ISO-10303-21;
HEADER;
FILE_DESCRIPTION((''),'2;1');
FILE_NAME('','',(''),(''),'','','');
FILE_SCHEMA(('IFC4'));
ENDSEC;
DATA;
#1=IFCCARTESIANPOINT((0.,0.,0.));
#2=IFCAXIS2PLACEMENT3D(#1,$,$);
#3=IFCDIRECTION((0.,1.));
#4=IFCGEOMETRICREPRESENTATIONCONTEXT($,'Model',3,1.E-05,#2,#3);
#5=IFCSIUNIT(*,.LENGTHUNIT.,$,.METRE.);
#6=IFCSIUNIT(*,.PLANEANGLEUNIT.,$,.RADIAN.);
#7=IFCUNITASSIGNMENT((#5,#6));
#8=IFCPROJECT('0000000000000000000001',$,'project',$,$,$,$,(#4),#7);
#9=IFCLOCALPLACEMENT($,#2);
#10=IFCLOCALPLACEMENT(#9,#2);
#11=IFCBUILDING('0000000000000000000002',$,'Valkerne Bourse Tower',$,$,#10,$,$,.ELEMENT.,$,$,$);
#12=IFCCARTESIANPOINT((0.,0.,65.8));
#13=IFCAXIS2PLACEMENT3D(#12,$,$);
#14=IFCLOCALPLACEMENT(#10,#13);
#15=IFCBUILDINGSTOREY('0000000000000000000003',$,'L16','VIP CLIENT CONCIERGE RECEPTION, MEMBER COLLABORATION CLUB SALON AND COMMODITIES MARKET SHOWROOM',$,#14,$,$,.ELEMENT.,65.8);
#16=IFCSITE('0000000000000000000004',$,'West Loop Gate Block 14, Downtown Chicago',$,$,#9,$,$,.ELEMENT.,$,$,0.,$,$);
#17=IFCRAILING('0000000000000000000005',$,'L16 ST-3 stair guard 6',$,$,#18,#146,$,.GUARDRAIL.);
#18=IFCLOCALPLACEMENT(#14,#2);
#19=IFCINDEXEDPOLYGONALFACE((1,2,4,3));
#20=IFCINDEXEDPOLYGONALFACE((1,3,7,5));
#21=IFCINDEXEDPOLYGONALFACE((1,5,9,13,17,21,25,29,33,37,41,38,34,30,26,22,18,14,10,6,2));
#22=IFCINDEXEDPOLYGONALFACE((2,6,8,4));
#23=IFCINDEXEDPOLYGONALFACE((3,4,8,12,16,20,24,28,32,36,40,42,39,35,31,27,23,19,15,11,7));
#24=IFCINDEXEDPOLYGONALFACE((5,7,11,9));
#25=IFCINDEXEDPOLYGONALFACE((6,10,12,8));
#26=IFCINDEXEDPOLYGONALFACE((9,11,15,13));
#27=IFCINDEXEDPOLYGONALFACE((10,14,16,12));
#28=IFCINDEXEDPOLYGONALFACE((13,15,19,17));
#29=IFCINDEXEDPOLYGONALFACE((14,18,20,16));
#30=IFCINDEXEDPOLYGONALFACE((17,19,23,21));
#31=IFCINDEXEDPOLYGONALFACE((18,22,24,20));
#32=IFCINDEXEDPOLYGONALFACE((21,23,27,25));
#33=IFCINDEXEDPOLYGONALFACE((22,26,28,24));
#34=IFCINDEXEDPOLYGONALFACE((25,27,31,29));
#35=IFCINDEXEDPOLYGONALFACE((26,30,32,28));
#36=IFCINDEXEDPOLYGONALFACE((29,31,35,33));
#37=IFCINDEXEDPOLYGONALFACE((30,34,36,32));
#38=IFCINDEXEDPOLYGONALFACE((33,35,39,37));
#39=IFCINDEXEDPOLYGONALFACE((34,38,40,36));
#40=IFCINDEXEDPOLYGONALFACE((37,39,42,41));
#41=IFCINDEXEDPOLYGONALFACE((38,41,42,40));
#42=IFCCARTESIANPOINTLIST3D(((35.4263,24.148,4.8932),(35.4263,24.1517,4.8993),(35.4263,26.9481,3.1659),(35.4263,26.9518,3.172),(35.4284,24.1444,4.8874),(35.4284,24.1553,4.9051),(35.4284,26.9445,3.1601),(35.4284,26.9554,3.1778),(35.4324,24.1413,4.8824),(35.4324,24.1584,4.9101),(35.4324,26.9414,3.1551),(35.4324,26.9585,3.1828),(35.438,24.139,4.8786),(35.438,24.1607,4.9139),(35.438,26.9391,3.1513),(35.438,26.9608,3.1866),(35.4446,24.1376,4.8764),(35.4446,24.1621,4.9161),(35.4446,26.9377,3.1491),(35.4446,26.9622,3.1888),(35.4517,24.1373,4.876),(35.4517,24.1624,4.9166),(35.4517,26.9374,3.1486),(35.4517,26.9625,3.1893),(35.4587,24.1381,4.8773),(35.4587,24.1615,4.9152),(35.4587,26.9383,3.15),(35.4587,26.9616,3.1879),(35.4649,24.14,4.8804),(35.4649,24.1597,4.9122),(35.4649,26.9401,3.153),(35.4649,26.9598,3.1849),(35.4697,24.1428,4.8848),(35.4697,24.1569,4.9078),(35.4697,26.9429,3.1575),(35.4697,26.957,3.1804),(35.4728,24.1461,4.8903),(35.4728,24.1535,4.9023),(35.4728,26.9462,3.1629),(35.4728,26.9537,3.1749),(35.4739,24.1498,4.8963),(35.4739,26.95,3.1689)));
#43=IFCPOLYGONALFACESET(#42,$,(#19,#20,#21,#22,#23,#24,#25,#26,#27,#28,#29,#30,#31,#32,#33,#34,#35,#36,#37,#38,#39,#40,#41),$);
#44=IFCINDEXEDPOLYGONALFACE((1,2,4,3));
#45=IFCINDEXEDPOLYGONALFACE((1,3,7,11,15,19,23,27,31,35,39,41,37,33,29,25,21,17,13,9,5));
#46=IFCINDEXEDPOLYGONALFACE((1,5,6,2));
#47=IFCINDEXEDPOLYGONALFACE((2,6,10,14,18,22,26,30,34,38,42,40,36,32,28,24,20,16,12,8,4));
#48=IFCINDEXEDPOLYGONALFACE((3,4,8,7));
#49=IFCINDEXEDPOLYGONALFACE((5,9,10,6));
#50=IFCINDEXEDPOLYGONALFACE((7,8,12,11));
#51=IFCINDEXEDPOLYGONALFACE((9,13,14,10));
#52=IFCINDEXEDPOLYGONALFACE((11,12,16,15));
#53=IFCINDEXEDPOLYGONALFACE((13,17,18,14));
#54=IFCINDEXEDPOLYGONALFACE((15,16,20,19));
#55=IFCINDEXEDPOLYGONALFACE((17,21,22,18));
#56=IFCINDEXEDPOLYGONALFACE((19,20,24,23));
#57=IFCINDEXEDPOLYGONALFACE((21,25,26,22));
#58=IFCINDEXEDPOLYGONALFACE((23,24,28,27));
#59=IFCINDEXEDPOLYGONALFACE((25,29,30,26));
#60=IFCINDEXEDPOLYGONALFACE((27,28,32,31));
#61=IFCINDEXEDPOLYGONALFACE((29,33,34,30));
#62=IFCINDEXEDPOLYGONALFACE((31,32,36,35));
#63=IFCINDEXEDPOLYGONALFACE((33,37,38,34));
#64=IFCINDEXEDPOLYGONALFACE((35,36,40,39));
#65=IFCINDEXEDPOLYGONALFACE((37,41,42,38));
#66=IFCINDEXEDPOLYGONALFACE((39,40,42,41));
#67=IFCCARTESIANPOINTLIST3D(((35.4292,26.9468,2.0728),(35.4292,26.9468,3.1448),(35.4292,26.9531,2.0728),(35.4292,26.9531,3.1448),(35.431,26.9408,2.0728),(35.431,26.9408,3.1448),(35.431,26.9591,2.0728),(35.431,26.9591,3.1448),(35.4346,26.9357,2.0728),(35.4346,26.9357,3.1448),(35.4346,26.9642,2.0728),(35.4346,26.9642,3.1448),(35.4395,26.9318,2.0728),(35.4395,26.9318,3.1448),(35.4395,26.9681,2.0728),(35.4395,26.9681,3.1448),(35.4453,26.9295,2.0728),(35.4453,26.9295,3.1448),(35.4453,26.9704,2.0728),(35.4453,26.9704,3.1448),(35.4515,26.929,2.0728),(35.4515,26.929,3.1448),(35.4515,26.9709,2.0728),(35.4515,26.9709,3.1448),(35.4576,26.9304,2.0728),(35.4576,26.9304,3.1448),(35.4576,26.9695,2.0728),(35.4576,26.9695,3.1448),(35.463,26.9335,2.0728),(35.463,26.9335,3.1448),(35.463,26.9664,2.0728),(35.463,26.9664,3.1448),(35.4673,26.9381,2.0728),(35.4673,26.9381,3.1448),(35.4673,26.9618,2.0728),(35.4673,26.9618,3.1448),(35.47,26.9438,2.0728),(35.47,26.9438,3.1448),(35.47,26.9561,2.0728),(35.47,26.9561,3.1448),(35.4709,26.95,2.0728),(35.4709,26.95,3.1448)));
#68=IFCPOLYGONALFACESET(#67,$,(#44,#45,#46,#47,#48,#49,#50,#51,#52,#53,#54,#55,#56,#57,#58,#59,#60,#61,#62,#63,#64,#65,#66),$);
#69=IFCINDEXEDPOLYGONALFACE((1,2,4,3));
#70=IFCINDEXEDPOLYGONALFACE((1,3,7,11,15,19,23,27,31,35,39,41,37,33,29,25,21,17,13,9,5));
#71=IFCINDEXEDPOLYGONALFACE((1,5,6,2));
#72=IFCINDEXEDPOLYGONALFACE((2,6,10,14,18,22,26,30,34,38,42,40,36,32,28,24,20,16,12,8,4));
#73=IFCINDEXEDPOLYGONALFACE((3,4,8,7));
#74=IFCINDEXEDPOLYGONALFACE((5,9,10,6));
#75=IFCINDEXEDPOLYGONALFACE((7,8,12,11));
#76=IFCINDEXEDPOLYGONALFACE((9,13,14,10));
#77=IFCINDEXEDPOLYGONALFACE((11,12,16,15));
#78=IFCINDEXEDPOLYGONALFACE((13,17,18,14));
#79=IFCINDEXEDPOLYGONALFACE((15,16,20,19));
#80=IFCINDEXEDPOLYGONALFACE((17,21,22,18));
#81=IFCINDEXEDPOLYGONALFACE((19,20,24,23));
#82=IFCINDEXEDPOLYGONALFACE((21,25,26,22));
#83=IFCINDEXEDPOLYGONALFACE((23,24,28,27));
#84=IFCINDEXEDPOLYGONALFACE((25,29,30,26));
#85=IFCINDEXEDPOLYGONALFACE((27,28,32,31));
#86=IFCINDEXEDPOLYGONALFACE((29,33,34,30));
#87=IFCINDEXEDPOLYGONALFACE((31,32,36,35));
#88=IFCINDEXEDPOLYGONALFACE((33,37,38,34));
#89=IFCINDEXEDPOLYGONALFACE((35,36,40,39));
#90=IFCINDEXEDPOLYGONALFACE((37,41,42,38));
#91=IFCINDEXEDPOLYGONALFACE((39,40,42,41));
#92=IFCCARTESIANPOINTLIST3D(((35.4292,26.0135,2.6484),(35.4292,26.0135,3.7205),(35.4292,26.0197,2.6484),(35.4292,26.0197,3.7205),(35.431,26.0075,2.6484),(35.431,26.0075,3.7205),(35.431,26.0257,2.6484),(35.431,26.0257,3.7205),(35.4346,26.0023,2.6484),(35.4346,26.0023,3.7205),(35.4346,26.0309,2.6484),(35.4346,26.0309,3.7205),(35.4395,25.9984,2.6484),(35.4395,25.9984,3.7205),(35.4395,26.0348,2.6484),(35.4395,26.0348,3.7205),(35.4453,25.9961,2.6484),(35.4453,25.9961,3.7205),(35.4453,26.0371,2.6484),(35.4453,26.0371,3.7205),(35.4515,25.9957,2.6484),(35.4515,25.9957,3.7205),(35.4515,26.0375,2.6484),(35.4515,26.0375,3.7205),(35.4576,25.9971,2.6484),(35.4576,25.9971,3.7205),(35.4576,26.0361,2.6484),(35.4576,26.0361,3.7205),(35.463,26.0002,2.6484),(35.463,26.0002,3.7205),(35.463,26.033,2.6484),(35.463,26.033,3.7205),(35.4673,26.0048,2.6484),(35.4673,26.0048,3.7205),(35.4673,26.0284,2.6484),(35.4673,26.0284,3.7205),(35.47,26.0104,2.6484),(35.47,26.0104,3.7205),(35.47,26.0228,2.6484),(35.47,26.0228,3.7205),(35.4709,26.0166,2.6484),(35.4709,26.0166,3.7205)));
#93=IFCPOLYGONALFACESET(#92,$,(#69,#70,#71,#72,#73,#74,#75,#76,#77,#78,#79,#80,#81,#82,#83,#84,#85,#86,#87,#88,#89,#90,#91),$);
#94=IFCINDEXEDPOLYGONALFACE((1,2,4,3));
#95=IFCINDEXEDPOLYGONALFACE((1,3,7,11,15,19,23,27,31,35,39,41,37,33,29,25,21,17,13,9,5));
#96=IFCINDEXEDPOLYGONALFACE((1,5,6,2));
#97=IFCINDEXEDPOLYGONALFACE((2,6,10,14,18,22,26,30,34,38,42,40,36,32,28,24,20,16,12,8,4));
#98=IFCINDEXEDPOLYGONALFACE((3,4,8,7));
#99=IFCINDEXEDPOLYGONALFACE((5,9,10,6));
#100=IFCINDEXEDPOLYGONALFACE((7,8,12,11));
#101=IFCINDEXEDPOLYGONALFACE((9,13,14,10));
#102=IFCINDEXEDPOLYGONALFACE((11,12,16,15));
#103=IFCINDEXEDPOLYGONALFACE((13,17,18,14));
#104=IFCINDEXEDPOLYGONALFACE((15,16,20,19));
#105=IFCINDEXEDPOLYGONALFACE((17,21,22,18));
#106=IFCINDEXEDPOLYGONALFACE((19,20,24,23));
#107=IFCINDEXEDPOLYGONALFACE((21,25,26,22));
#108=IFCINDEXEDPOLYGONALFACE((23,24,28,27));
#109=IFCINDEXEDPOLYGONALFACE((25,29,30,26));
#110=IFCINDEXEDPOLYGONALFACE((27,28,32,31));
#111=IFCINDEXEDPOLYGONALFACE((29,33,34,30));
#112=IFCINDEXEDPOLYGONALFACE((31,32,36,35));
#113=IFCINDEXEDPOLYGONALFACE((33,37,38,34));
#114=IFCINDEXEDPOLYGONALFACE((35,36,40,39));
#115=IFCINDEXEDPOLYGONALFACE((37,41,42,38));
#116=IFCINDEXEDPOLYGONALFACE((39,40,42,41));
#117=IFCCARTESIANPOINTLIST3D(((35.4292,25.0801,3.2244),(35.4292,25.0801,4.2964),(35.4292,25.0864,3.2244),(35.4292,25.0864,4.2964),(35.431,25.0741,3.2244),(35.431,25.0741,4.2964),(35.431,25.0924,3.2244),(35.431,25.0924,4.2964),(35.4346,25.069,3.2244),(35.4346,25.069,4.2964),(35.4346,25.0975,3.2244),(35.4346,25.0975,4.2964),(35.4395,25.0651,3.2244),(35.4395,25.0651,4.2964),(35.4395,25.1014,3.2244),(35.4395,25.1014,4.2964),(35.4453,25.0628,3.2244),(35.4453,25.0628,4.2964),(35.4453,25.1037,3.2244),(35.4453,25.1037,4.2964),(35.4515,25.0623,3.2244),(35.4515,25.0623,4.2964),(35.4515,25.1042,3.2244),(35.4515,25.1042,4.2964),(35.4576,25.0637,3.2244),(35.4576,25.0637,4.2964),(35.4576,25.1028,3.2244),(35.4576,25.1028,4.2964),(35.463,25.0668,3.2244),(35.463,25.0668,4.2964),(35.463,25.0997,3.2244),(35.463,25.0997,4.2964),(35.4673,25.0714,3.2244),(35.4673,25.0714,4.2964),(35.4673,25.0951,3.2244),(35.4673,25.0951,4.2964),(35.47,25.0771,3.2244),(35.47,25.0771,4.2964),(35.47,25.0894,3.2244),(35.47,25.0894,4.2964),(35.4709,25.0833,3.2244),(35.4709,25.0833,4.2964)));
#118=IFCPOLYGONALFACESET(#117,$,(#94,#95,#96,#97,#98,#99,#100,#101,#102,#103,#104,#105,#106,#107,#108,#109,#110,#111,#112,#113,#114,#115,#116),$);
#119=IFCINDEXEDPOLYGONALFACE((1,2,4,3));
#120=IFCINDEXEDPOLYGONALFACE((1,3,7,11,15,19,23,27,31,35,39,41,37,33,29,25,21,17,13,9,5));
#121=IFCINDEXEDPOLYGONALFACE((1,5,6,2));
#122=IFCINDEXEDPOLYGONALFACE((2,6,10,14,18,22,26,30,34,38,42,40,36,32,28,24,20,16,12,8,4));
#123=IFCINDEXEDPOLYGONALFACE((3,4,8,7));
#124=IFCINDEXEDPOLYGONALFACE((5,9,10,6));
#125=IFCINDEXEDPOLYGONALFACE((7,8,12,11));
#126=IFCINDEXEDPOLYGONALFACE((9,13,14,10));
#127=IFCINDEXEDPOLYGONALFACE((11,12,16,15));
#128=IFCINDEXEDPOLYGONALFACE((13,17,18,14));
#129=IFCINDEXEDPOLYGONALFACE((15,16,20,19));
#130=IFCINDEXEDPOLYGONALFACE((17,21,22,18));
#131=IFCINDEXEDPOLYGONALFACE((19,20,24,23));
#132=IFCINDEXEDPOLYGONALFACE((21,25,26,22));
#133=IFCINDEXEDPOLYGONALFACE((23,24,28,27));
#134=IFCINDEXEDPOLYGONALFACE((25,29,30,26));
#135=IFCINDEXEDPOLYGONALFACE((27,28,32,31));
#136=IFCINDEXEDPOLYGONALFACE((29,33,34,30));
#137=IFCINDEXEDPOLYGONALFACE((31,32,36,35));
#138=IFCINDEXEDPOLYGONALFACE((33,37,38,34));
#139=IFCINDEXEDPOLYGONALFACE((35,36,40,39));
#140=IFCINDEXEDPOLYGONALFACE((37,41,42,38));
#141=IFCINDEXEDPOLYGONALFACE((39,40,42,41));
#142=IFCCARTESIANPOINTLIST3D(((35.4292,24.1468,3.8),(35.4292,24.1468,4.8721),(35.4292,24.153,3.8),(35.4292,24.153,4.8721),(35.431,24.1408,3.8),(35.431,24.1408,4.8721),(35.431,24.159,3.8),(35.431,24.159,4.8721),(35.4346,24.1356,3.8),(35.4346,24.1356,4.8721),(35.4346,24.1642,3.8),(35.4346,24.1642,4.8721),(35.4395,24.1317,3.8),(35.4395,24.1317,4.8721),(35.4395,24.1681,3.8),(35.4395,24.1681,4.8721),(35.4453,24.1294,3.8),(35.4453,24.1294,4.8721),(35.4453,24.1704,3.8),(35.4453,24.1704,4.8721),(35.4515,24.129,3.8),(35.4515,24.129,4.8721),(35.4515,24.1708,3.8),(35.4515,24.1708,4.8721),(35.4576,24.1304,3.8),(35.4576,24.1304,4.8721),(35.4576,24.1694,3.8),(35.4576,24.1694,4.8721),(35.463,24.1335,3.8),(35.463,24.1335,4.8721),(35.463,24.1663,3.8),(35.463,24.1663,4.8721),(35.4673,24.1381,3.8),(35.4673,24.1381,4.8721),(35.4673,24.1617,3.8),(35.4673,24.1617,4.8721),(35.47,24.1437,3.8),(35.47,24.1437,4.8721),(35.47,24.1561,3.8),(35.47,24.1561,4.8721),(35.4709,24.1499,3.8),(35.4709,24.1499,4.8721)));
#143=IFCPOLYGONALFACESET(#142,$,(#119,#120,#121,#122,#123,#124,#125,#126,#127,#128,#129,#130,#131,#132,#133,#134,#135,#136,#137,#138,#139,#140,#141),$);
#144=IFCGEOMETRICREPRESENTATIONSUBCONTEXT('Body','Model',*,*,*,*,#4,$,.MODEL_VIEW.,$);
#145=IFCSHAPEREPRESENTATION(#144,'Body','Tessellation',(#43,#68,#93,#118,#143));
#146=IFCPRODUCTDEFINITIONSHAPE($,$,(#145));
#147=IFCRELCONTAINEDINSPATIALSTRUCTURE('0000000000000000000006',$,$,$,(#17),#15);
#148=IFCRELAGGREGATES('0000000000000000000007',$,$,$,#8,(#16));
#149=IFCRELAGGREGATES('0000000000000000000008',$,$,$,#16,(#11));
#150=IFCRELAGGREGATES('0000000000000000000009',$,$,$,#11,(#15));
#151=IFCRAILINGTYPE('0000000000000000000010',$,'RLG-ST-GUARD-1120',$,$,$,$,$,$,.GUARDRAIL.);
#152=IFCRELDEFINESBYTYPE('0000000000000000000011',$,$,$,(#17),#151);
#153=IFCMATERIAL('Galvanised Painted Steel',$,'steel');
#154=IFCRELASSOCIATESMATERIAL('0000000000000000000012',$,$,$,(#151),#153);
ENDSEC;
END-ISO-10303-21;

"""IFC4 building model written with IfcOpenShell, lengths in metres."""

from ifc_helpers import new_model, si_unit, direction, frame, origin, origin_2d, place, context, subcontext, project, spatial, circle, extrude, material, type_object, element, save


model = new_model("IFC4")

# Units and contexts
model_context = context("Model", 3, precision=1e-05, world=origin(), true_north=direction((0.0, 1.0)))
body_context = subcontext(model_context, "Body", "Model", "MODEL_VIEW")
ifc_project = project(units=[si_unit("LENGTHUNIT", "METRE"), si_unit("PLANEANGLEUNIT", "RADIAN")], contexts=[model_context])

# Site, building, storey
site_placement = place(None, origin())
site = spatial("IfcSite", under=ifc_project, at=site_placement, Name="West Loop Gate Block 14, Downtown Chicago", CompositionType="ELEMENT", RefElevation=0.0)
building_placement = place(site_placement, origin())
building = spatial("IfcBuilding", under=site, at=building_placement, Name="Valkerne Bourse Tower", CompositionType="ELEMENT")
storey_placement = place(building_placement, frame((0.0, 0.0, 65.8)))
storey = spatial("IfcBuildingStorey", under=building, at=storey_placement, Name="L16", Description="VIP CLIENT CONCIERGE RECEPTION, MEMBER COLLABORATION CLUB SALON AND COMMODITIES MARKET SHOWROOM", CompositionType="ELEMENT", Elevation=65.8)

# Railing
ifc_material_1 = material(Name="Galvanised Painted Steel", Category="steel")
railing_type_1 = type_object("IfcRailingType", Name="RLG-ST-GUARD-1120", PredefinedType="GUARDRAIL", material=ifc_material_1)
railing_1_placement = place(storey_placement, frame((35.45, 26.95, 2.0728)))
element("IfcRailing", 1, at=railing_1_placement, inside=storey, type_object=railing_type_1, Name="L16 ST-3 stair guard 6", PredefinedType="GUARDRAIL", context=body_context, shape_type="SweptSolid", body=[
    extrude(circle(Radius=0.0239, at=origin_2d()), frame((0.0, 0.0, 1.0962), z_axis=(0.0, -0.85109, 0.52502), x_axis=(1.0, 0.0, 0.0)), (0.0, 0.0, 1.0), 3.29),
    extrude(circle(Radius=0.021, at=origin_2d()), origin(), (0.0, 0.0, 1.0), 1.072),
    extrude(circle(Radius=0.021, at=origin_2d()), frame((0.0, -0.9333, 0.5757)), (0.0, 0.0, 1.0), 1.072),
    extrude(circle(Radius=0.021, at=origin_2d()), frame((0.0, -1.8667, 1.1516)), (0.0, 0.0, 1.0), 1.072),
    extrude(circle(Radius=0.021, at=origin_2d()), frame((0.0, -2.8, 1.7273)), (0.0, 0.0, 1.0), 1.072),
])

save(model, "model.ifc")
